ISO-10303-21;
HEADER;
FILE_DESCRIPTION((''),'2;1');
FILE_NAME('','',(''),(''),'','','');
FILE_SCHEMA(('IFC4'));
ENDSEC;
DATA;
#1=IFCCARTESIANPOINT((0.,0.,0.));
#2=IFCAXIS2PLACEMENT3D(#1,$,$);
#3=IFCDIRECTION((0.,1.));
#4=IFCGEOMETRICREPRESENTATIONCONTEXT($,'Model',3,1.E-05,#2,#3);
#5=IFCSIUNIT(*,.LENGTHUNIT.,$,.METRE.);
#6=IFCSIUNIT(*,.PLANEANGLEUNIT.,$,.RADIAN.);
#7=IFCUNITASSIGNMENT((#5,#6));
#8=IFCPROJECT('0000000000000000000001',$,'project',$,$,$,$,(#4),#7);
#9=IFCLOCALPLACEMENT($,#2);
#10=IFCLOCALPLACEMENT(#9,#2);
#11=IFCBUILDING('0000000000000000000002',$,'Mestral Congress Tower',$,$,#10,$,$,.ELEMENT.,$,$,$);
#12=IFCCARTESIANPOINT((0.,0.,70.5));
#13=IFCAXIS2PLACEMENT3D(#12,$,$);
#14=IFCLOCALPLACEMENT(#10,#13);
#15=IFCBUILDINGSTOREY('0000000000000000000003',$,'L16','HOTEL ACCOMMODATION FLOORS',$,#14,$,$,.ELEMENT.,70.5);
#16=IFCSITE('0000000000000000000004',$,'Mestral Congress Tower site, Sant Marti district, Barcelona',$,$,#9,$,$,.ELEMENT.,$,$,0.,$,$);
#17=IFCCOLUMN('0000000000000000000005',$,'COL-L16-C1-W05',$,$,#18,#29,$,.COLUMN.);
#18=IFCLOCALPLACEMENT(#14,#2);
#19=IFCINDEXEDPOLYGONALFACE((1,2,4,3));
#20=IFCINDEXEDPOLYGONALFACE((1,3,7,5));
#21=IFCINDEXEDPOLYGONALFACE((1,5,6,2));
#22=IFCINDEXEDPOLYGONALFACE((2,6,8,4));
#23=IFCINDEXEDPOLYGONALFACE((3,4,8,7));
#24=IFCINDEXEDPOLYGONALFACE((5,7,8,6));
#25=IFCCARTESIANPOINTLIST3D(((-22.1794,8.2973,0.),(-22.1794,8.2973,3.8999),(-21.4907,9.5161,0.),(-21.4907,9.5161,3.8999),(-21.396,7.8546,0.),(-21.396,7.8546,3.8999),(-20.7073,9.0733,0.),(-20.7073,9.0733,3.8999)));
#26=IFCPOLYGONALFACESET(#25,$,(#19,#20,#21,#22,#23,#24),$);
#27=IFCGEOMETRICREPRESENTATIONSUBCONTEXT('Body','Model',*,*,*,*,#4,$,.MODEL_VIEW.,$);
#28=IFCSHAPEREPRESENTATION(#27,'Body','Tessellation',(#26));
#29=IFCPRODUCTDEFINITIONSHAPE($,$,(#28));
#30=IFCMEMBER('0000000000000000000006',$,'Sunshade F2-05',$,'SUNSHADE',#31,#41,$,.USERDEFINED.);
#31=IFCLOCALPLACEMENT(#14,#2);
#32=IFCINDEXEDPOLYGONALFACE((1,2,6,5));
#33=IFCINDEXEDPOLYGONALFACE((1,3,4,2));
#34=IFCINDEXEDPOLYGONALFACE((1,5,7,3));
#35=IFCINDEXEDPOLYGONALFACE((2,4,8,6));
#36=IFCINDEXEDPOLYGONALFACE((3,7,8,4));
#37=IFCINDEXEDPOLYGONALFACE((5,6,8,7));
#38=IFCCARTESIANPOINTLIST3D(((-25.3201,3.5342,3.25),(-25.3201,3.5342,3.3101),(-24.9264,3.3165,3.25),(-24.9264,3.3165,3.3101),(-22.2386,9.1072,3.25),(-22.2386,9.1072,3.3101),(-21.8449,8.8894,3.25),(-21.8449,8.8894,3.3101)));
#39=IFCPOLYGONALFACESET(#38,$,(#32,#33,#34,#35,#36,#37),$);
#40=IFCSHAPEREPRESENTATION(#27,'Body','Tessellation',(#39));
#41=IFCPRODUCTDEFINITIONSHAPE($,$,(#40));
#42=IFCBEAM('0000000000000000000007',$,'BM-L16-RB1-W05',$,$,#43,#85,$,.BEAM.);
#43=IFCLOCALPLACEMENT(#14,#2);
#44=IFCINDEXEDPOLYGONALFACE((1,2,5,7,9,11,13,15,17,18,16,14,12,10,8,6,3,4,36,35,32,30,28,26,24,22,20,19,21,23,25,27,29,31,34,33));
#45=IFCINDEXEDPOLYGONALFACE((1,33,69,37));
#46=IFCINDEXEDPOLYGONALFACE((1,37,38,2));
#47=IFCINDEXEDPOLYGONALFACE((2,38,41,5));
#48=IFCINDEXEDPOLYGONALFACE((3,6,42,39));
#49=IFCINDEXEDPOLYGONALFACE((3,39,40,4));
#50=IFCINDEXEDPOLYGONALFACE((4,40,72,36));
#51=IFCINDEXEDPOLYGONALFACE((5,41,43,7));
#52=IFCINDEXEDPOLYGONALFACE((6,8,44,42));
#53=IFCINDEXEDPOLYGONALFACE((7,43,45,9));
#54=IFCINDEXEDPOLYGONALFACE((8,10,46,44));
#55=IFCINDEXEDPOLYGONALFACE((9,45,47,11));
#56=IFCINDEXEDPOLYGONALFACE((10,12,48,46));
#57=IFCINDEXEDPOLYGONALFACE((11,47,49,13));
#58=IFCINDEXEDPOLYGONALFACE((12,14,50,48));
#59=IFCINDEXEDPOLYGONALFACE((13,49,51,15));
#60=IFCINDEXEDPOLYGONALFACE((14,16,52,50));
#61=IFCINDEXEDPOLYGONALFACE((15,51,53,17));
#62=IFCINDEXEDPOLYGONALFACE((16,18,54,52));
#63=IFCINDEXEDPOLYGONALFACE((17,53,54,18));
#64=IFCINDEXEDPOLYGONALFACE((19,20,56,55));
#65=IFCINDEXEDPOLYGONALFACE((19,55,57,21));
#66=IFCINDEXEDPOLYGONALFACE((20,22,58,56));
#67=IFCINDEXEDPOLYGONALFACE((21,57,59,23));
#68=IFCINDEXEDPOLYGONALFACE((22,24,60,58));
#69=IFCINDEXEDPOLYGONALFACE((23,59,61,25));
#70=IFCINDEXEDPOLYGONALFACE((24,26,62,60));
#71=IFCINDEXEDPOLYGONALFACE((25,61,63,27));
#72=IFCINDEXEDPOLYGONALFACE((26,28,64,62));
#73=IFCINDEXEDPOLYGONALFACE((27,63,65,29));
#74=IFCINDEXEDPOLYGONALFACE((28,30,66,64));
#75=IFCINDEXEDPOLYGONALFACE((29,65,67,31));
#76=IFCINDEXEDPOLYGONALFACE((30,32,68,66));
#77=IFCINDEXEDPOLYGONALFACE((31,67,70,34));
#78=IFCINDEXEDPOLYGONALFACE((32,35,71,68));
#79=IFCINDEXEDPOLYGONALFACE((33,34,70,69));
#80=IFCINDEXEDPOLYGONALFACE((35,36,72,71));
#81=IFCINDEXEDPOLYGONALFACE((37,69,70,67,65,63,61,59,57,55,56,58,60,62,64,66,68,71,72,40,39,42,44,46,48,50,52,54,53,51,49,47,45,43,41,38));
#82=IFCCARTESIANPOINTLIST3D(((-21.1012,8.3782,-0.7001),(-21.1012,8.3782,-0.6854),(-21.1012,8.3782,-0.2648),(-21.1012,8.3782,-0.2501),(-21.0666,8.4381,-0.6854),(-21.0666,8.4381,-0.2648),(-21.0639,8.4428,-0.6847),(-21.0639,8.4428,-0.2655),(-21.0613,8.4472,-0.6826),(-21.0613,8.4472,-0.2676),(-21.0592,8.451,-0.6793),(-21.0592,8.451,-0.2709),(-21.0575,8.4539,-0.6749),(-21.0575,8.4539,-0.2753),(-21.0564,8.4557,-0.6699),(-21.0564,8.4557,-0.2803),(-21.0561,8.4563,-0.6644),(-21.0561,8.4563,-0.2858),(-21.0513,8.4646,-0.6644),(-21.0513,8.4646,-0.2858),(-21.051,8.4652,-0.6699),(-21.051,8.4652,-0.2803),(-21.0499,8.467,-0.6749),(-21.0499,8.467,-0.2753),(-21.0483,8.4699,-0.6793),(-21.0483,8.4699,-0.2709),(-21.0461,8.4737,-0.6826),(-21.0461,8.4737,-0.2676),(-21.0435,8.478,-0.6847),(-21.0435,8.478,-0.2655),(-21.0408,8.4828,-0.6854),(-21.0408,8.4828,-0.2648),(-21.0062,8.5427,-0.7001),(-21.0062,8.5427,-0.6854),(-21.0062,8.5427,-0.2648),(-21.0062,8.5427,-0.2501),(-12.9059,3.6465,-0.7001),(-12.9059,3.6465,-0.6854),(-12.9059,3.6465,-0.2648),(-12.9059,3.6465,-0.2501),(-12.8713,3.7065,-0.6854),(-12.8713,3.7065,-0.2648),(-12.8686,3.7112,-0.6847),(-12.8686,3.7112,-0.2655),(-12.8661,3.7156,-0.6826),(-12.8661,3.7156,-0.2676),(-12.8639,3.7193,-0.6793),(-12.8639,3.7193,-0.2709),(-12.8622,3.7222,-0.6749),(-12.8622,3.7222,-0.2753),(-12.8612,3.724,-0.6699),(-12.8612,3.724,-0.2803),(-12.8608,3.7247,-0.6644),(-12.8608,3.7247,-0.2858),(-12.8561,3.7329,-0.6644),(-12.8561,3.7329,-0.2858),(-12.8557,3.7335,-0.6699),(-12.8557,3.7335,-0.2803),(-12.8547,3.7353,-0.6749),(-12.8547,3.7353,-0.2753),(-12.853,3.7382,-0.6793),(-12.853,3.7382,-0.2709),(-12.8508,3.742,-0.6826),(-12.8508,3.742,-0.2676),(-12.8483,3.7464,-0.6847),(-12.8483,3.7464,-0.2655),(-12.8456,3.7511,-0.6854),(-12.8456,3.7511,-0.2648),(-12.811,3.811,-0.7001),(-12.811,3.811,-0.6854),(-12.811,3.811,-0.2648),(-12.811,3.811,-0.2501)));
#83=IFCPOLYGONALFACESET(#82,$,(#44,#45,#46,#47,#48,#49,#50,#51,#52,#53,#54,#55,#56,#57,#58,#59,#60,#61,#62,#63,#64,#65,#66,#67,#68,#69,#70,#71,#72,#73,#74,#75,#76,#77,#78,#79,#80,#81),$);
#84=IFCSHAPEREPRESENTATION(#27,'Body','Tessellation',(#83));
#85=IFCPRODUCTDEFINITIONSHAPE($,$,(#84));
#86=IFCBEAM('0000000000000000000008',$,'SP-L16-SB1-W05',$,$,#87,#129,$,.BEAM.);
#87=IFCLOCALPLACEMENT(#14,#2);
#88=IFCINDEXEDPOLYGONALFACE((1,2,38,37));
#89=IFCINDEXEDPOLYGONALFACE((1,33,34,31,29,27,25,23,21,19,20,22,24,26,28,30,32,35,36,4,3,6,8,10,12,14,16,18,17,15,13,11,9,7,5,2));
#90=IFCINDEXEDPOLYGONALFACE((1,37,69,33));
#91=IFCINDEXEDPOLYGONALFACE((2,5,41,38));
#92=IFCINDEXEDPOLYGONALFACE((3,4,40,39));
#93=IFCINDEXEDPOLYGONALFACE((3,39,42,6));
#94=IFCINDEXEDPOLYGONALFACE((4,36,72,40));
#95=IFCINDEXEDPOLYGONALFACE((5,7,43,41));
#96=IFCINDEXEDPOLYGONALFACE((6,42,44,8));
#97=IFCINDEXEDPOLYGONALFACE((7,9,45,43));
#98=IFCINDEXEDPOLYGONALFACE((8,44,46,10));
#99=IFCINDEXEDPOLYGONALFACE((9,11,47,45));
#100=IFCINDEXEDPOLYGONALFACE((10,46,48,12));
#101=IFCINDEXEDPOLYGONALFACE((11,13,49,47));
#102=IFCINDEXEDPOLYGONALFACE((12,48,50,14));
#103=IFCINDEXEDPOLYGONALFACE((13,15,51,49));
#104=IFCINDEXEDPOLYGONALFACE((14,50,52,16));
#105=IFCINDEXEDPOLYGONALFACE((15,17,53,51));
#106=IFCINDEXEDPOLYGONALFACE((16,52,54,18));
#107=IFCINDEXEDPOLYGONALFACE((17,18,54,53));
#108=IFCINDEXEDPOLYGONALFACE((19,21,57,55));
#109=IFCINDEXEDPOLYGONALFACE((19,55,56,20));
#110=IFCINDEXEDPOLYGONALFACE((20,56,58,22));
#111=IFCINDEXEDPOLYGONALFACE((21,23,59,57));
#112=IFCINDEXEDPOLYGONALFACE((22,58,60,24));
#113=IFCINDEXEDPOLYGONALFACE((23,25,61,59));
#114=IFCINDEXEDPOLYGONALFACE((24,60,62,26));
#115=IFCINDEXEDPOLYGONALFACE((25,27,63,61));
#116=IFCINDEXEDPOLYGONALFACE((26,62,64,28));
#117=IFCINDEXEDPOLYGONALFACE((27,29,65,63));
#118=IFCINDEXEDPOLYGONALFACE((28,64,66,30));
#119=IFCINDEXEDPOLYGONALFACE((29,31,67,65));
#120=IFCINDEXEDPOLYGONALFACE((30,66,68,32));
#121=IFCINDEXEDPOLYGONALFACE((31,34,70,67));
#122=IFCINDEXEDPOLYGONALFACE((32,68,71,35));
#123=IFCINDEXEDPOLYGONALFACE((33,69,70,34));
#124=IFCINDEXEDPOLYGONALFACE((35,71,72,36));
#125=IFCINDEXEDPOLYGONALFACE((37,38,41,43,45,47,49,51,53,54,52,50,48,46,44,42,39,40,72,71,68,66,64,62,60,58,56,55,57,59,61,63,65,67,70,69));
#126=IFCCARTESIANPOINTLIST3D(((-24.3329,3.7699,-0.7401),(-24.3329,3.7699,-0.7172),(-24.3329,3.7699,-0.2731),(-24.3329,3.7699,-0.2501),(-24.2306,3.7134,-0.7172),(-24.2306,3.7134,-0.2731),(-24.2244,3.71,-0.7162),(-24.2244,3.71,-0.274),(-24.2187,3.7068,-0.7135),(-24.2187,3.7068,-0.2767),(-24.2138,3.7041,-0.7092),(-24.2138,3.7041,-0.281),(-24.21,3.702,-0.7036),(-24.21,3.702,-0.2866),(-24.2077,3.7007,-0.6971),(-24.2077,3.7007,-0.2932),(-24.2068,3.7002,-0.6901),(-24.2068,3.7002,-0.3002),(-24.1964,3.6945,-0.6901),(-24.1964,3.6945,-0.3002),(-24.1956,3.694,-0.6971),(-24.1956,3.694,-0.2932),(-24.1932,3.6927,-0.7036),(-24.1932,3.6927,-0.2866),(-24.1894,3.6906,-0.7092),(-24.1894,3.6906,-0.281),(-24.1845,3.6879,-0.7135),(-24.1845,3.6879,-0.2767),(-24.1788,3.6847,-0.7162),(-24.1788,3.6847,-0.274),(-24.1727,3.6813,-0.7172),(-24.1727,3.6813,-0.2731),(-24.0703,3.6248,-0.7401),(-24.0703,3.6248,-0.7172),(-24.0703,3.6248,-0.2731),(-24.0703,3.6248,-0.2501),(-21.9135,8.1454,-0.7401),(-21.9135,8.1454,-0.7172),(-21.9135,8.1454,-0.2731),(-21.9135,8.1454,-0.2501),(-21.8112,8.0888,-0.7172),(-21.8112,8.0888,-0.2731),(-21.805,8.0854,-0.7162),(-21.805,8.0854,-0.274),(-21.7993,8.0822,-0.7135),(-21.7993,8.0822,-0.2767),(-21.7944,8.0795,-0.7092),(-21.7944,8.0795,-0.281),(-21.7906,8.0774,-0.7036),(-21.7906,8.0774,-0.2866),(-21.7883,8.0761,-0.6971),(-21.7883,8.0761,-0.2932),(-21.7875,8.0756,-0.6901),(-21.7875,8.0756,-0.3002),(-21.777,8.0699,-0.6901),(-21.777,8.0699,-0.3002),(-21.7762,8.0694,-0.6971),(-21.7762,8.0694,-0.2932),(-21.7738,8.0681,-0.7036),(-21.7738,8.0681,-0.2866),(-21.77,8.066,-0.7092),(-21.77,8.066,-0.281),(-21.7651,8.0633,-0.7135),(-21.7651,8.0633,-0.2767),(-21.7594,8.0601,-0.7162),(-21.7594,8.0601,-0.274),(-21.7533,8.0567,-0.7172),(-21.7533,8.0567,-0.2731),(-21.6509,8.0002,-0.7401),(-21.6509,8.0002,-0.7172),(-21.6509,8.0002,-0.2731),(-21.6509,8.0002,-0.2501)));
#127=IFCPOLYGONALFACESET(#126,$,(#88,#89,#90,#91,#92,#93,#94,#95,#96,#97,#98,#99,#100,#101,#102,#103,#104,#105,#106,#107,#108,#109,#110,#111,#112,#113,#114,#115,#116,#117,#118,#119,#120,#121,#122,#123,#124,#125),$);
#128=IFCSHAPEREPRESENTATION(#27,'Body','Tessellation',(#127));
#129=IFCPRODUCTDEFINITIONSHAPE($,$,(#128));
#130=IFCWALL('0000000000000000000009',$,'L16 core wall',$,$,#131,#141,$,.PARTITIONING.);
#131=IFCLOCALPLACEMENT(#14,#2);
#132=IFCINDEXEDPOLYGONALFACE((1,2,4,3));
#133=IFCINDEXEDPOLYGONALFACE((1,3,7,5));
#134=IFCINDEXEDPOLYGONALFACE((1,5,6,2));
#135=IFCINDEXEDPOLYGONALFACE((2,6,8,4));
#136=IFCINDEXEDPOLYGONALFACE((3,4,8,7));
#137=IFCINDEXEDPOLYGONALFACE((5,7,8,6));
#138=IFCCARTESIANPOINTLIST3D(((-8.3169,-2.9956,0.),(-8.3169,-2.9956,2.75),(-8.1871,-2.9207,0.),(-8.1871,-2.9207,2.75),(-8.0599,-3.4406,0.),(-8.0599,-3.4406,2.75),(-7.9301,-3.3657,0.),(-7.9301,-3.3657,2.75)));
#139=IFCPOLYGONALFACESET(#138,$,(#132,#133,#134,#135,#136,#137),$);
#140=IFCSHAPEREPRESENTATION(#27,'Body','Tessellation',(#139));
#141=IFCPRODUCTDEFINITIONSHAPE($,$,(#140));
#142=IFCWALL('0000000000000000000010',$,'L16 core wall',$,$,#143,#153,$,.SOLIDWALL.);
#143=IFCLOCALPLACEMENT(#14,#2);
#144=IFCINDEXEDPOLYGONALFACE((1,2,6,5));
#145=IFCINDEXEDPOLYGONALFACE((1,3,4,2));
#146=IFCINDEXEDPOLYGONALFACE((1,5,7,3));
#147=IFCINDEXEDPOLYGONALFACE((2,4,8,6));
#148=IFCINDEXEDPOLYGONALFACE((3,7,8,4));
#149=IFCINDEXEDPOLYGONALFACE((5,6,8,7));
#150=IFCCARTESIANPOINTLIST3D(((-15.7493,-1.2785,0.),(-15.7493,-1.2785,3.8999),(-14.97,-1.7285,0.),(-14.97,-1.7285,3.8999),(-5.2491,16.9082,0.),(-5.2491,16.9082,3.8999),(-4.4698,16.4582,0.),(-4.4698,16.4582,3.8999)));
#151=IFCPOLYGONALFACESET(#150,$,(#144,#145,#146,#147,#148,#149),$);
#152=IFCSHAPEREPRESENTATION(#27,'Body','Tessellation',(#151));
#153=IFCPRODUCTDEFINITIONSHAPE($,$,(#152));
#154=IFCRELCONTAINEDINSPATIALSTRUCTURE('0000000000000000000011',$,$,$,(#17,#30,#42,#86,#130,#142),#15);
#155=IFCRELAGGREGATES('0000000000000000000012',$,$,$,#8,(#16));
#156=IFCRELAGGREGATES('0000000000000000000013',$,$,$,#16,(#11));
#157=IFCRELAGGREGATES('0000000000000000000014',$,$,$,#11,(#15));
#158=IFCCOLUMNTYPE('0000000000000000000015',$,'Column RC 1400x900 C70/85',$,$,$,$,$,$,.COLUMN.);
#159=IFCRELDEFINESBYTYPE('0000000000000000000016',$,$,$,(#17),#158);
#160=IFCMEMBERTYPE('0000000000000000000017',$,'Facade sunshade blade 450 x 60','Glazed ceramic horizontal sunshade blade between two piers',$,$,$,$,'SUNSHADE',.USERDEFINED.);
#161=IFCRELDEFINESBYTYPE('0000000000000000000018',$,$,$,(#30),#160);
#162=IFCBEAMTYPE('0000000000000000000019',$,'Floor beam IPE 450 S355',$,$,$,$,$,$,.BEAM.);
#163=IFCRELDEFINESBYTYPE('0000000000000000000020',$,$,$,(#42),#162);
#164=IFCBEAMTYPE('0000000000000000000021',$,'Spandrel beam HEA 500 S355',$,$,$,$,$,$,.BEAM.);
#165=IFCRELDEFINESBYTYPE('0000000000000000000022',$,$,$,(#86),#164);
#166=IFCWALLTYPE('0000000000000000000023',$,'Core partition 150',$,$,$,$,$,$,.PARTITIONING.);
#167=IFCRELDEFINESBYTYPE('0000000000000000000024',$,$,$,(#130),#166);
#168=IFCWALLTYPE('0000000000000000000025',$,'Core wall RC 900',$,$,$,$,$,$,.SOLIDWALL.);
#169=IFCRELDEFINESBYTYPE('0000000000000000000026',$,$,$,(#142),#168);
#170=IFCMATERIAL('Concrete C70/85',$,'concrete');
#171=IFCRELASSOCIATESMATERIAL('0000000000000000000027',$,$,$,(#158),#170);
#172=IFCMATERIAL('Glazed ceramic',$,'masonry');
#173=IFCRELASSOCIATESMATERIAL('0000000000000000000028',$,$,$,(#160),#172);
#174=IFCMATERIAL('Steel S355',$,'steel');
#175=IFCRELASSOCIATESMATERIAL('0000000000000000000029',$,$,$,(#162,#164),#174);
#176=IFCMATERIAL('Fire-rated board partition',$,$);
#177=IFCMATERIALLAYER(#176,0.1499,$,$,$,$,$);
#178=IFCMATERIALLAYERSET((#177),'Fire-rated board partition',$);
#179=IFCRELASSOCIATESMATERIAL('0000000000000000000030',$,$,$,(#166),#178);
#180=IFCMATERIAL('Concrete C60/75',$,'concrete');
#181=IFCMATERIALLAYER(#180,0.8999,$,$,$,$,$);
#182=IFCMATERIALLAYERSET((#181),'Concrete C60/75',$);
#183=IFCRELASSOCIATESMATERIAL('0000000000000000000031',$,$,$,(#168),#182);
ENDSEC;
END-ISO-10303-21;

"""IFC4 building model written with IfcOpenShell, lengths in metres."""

from ifc_helpers import new_model, si_unit, direction, frame, frame_2d, origin, origin_2d, place, context, subcontext, project, spatial, rectangle, i_section, extrude, material, layer, layer_set, material_profile, profile_set, type_object, element, save


model = new_model("IFC4")

# Units and contexts
model_context = context("Model", 3, precision=1e-05, world=origin(), true_north=direction((0.0, 1.0)))
body_context = subcontext(model_context, "Body", "Model", "MODEL_VIEW")
ifc_project = project(units=[si_unit("LENGTHUNIT", "METRE"), si_unit("PLANEANGLEUNIT", "RADIAN")], contexts=[model_context])

# Site, building, storey
site_placement = place(None, origin())
site = spatial("IfcSite", under=ifc_project, at=site_placement, Name="Mestral Congress Tower site, Sant Marti district, Barcelona", CompositionType="ELEMENT", RefElevation=0.0)
building_placement = place(site_placement, origin())
building = spatial("IfcBuilding", under=site, at=building_placement, Name="Mestral Congress Tower", CompositionType="ELEMENT")
storey_placement = place(building_placement, frame((0.0, 0.0, 70.5)))
storey = spatial("IfcBuildingStorey", under=building, at=storey_placement, Name="L16", Description="HOTEL ACCOMMODATION FLOORS", CompositionType="ELEMENT", Elevation=70.5)

# Column
ifc_material_1 = material(Name="Concrete C70/85", Category="concrete")
ifc_material_profile_1 = material_profile(ifc_material_1, rectangle(XDim=1.3999, YDim=0.8999, at=origin_2d()), Name="RC 1400x900")
ifc_profile_set_1 = profile_set([ifc_material_profile_1], Name="Concrete C70/85")
column_type = type_object("IfcColumnType", Name="Column RC 1400x900 C70/85", PredefinedType="COLUMN", material=ifc_profile_set_1)
column_placement = place(storey_placement, frame((-21.4434, 8.6853, 0.0), z_axis=(0.0, 0.0, 1.0), x_axis=(-0.491974, -0.87061, 0.0)))
element("IfcColumn", 1, at=column_placement, inside=storey, type_object=column_type, Name="COL-L16-C1-W05", PredefinedType="COLUMN", context=body_context, shape_type="SweptSolid", body=[
    extrude(rectangle(XDim=1.3999, YDim=0.8999, at=origin_2d()), origin(), (0.0, 0.0, 1.0), 3.8999),
])

# Member
ifc_material_2 = material(Name="Glazed ceramic", Category="masonry")
ifc_material_profile_2 = material_profile(ifc_material_2, rectangle(XDim=0.45, YDim=0.0601, at=origin_2d()), Name="Ceramic blade 450 x 60")
ifc_profile_set_2 = profile_set([ifc_material_profile_2], Name="Glazed ceramic")
member_type = type_object("IfcMemberType", Name="Facade sunshade blade 450 x 60", Description="Glazed ceramic horizontal sunshade blade between two piers", ElementType="SUNSHADE", PredefinedType="USERDEFINED", material=ifc_profile_set_2)
member_placement = place(storey_placement, frame((-22.0417, 8.9983, 3.28), z_axis=(-0.483894, -0.875127, 0.0), x_axis=(0.875127, -0.483894, 0.0)))
element("IfcMember", 2, at=member_placement, inside=storey, type_object=member_type, Name="Sunshade F2-05", ObjectType="SUNSHADE", PredefinedType="USERDEFINED", context=body_context, shape_type="SweptSolid", body=[
    extrude(rectangle(XDim=0.45, YDim=0.0601, at=origin_2d()), origin(), (0.0, 0.0, 1.0), 6.3682),
])

# Beams
ifc_material_3 = material(Name="Steel S355", Category="steel")
ifc_material_profile_3 = material_profile(ifc_material_3, i_section(OverallWidth=0.1899, OverallDepth=0.45, WebThickness=0.0095, FlangeThickness=0.0146, FilletRadius=0.021, at=origin_2d()), Name="IPE 450")
ifc_profile_set_3 = profile_set([ifc_material_profile_3], Name="Steel S355")
beam_type_1 = type_object("IfcBeamType", Name="Floor beam IPE 450 S355", PredefinedType="BEAM", material=ifc_profile_set_3)
beam_1_placement = place(storey_placement, frame((-21.0537, 8.4604, -0.4751), z_axis=(0.86602, -0.50001, 0.0), x_axis=(0.50001, 0.86602, 0.0)))
element("IfcBeam", 3, at=beam_1_placement, inside=storey, type_object=beam_type_1, Name="BM-L16-RB1-W05", PredefinedType="BEAM", context=body_context, shape_type="SweptSolid", body=[
    extrude(i_section(OverallWidth=0.1899, OverallDepth=0.45, WebThickness=0.0095, FlangeThickness=0.0146, FilletRadius=0.021, at=origin_2d()), origin(), (0.0, 0.0, 1.0), 9.4631),
])
ifc_material_profile_4 = material_profile(ifc_material_3, i_section(OverallWidth=0.3, OverallDepth=0.49, WebThickness=0.012, FlangeThickness=0.0229, FilletRadius=0.0271, at=origin_2d()), Name="HEA 500")
ifc_profile_set_4 = profile_set([ifc_material_profile_4], Name="Steel S355")
beam_type_2 = type_object("IfcBeamType", Name="Spandrel beam HEA 500 S355", PredefinedType="BEAM", material=ifc_profile_set_4)
beam_2_placement = place(storey_placement, frame((-21.7822, 8.0728, -0.4951), z_axis=(-0.483901, -0.875123, 0.0), x_axis=(0.875123, -0.483901, 0.0)))
element("IfcBeam", 4, at=beam_2_placement, inside=storey, type_object=beam_type_2, Name="SP-L16-SB1-W05", PredefinedType="BEAM", context=body_context, shape_type="SweptSolid", body=[
    extrude(i_section(OverallWidth=0.3, OverallDepth=0.49, WebThickness=0.012, FlangeThickness=0.0229, FilletRadius=0.0271, at=origin_2d()), origin(), (0.0, 0.0, 1.0), 4.9998),
])

# Walls
ifc_material_4 = material(Name="Fire-rated board partition")
ifc_layer_1 = layer(ifc_material_4, 0.1499)
ifc_layer_set_1 = layer_set([ifc_layer_1], Name="Fire-rated board partition")
wall_type_1 = type_object("IfcWallType", Name="Core partition 150", PredefinedType="PARTITIONING", material=ifc_layer_set_1)
wall_1_placement = place(storey_placement, frame((-8.252, -2.9583, 0.0), z_axis=(0.0, 0.0, 1.0), x_axis=(0.500175, -0.865925, 0.0)))
element("IfcWall", 5, at=wall_1_placement, inside=storey, type_object=wall_type_1, Name="L16 core wall", PredefinedType="PARTITIONING", context=body_context, shape_type="SweptSolid", body=[
    extrude(rectangle(XDim=0.5139, YDim=0.1499, at=frame_2d((0.2568, 0.0))), origin(), (0.0, 0.0, 1.0), 2.75),
])
ifc_material_5 = material(Name="Concrete C60/75", Category="concrete")
ifc_layer_2 = layer(ifc_material_5, 0.8999)
ifc_layer_set_2 = layer_set([ifc_layer_2], Name="Concrete C60/75")
wall_type_2 = type_object("IfcWallType", Name="Core wall RC 900", PredefinedType="SOLIDWALL", material=ifc_layer_set_2)
wall_2_placement = place(storey_placement, frame((-15.3596, -1.5034, 0.0), z_axis=(0.0, 0.0, 1.0), x_axis=(0.500004, 0.866023, 0.0)))
element("IfcWall", 6, at=wall_2_placement, inside=storey, type_object=wall_type_2, Name="L16 core wall", PredefinedType="SOLIDWALL", context=body_context, shape_type="SweptSolid", body=[
    extrude(rectangle(XDim=21.0002, YDim=0.8999, at=frame_2d((10.5, 0.0))), origin(), (0.0, 0.0, 1.0), 3.8999),
])

save(model, "model.ifc")
